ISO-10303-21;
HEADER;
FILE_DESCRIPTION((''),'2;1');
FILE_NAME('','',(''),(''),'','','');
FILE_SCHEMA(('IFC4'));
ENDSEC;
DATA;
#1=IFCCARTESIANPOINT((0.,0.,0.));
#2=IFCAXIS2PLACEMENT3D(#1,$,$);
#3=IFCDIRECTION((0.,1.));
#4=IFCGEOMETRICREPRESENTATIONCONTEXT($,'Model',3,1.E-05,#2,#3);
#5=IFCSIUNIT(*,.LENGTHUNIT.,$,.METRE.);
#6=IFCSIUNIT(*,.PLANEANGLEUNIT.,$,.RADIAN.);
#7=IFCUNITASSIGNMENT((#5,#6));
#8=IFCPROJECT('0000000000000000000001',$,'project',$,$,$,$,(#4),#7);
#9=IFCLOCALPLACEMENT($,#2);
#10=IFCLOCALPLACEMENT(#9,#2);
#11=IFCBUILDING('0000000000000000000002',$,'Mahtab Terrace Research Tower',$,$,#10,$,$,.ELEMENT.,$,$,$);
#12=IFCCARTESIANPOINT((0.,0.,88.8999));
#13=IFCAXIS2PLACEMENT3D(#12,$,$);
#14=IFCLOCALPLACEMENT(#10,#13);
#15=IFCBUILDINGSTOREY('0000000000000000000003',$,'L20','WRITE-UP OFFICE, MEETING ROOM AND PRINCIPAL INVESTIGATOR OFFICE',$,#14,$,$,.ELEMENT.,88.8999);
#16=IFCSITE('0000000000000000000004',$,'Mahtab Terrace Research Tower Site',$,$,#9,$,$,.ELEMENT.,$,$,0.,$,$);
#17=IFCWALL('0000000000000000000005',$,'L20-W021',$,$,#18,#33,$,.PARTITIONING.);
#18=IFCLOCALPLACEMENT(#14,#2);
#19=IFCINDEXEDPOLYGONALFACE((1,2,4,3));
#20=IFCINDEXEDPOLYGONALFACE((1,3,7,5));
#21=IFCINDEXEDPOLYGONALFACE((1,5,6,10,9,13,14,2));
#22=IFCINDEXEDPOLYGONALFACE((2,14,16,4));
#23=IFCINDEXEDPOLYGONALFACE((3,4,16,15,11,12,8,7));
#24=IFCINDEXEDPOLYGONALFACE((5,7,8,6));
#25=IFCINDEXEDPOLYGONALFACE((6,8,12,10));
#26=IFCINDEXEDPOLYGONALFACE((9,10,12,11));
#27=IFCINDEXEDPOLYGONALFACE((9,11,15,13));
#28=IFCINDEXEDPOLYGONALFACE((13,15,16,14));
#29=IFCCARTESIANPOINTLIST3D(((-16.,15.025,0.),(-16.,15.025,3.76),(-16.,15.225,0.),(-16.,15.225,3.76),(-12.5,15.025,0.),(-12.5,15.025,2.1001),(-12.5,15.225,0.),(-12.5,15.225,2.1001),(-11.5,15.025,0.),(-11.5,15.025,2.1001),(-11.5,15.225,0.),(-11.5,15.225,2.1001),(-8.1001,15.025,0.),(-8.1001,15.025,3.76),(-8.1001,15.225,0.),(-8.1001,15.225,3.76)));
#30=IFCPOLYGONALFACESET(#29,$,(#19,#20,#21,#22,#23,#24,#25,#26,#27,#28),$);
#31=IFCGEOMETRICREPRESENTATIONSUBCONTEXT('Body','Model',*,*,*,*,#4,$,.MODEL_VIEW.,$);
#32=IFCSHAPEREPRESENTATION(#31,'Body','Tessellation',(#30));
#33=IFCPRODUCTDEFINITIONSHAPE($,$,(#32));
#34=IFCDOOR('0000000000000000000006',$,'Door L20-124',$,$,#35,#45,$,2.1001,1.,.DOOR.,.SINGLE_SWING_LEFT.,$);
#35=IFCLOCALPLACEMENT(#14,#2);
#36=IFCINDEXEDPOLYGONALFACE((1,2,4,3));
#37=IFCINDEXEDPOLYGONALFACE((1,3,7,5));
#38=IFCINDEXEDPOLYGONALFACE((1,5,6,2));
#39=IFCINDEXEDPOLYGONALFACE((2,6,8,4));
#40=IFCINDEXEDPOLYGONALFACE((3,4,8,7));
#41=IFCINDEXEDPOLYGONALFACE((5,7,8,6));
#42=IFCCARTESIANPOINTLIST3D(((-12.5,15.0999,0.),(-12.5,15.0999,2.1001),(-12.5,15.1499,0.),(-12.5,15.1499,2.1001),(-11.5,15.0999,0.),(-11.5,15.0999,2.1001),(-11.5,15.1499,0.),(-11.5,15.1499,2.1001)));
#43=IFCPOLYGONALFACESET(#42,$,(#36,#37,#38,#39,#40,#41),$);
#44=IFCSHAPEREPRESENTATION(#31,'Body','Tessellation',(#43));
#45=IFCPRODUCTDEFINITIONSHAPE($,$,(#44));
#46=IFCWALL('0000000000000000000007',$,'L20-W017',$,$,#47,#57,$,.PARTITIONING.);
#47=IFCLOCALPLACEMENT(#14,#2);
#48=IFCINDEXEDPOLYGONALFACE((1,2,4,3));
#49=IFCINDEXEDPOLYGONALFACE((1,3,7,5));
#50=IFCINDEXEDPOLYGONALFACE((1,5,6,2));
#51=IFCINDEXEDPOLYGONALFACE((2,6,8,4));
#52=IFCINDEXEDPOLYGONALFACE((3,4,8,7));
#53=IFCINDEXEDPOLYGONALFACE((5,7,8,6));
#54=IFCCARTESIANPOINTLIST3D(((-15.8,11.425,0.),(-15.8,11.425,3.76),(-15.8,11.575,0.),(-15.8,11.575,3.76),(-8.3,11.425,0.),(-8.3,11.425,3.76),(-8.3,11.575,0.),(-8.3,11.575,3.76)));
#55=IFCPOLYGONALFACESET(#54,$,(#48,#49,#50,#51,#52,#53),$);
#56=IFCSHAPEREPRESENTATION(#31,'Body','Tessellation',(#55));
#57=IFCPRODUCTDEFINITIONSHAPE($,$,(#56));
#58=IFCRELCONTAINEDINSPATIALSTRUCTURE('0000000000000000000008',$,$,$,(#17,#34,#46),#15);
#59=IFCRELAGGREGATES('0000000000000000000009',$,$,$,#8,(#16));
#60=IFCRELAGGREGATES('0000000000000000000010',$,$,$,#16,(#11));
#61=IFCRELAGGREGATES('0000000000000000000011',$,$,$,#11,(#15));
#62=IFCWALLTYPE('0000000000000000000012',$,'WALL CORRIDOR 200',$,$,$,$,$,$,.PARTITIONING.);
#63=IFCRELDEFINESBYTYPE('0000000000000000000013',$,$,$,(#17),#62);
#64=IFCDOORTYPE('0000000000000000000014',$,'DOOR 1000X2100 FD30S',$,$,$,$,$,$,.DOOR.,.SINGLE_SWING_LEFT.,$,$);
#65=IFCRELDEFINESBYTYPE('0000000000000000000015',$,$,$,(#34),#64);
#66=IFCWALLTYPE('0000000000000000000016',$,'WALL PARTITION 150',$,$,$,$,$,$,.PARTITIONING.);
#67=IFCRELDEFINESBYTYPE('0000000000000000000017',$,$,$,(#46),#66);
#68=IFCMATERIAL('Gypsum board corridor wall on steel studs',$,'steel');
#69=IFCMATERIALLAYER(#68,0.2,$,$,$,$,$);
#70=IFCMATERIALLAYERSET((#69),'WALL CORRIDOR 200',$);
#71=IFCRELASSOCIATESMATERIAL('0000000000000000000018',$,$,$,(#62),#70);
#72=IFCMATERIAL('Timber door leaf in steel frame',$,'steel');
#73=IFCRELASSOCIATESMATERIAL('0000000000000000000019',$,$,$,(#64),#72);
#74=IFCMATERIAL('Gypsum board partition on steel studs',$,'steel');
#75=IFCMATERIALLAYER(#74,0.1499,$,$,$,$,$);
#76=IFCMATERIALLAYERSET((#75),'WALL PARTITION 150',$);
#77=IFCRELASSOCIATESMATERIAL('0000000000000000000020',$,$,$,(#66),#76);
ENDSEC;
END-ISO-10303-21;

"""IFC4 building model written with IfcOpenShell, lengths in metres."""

from ifc_helpers import new_model, si_unit, direction, frame, frame_2d, origin, place, context, subcontext, project, spatial, rectangle, extrude, material, layer, layer_set, type_object, element, fill, save


model = new_model("IFC4")

# Units and contexts
model_context = context("Model", 3, precision=1e-05, world=origin(), true_north=direction((0.0, 1.0)))
body_context = subcontext(model_context, "Body", "Model", "MODEL_VIEW")
ifc_project = project(units=[si_unit("LENGTHUNIT", "METRE"), si_unit("PLANEANGLEUNIT", "RADIAN")], contexts=[model_context])

# Site, building, storey
site_placement = place(None, origin())
site = spatial("IfcSite", under=ifc_project, at=site_placement, Name="Mahtab Terrace Research Tower Site", CompositionType="ELEMENT", RefElevation=0.0)
building_placement = place(site_placement, origin())
building = spatial("IfcBuilding", under=site, at=building_placement, Name="Mahtab Terrace Research Tower", CompositionType="ELEMENT")
storey_placement = place(building_placement, frame((0.0, 0.0, 88.8999)))
storey = spatial("IfcBuildingStorey", under=building, at=storey_placement, Name="L20", Description="WRITE-UP OFFICE, MEETING ROOM AND PRINCIPAL INVESTIGATOR OFFICE", CompositionType="ELEMENT", Elevation=88.8999)

# Wall, opening, door
ifc_material_1 = material(Name="Gypsum board corridor wall on steel studs", Category="steel")
ifc_layer_1 = layer(ifc_material_1, 0.2)
ifc_layer_set_1 = layer_set([ifc_layer_1], Name="WALL CORRIDOR 200")
wall_type_1 = type_object("IfcWallType", Name="WALL CORRIDOR 200", PredefinedType="PARTITIONING", material=ifc_layer_set_1)
wall_1_placement = place(storey_placement, frame((-16.0, 15.125, 0.0), z_axis=(0.0, 0.0, 1.0), x_axis=(1.0, 0.0, 0.0)))
wall_1 = element("IfcWall", 1, at=wall_1_placement, inside=storey, type_object=wall_type_1, Name="L20-W021", PredefinedType="PARTITIONING", context=body_context, shape_type="SweptSolid", body=[
    extrude(rectangle(XDim=7.8999, YDim=0.2, at=frame_2d((3.95, 0.0))), origin(), (0.0, 0.0, 1.0), 3.76),
])
opening_1_placement = place(wall_1_placement, frame((3.5, 0.0, 0.0)))
opening_1 = element("IfcOpeningElement", 2, at=opening_1_placement, cuts=wall_1, PredefinedType="OPENING", context=body_context, shape_type="SweptSolid", body=[
    extrude(rectangle(XDim=1.0, YDim=2.1001, at=frame_2d((0.5, 1.05))), frame((0.0, 0.1099, 0.0), z_axis=(0.0, -1.0, 0.0), x_axis=(1.0, 0.0, 0.0)), (0.0, 0.0, 1.0), 0.22),
])
ifc_material_2 = material(Name="Timber door leaf in steel frame", Category="steel")
door_type_1 = type_object("IfcDoorType", Name="DOOR 1000X2100 FD30S", OperationType="SINGLE_SWING_LEFT", PredefinedType="DOOR", material=ifc_material_2)
door_1_placement = place(opening_1_placement, origin())
door_1 = element("IfcDoor", 3, at=door_1_placement, inside=storey, type_object=door_type_1, Name="Door L20-124", OperationType="SINGLE_SWING_LEFT", OverallHeight=2.1001, OverallWidth=1.0, PredefinedType="DOOR", context=body_context, shape_type="SweptSolid", body=[
    extrude(rectangle(XDim=1.0, YDim=2.1001, at=frame_2d((0.5, 1.05))), frame((0.0, 0.0249, 0.0), z_axis=(0.0, -1.0, 0.0), x_axis=(1.0, 0.0, 0.0)), (0.0, 0.0, 1.0), 0.05),
])
fill(opening_1, door_1)

# Wall
ifc_material_3 = material(Name="Gypsum board partition on steel studs", Category="steel")
ifc_layer_2 = layer(ifc_material_3, 0.1499)
ifc_layer_set_2 = layer_set([ifc_layer_2], Name="WALL PARTITION 150")
wall_type_2 = type_object("IfcWallType", Name="WALL PARTITION 150", PredefinedType="PARTITIONING", material=ifc_layer_set_2)
wall_2_placement = place(storey_placement, frame((-15.8, 11.5, 0.0), z_axis=(0.0, 0.0, 1.0), x_axis=(1.0, 0.0, 0.0)))
element("IfcWall", 4, at=wall_2_placement, inside=storey, type_object=wall_type_2, Name="L20-W017", PredefinedType="PARTITIONING", context=body_context, shape_type="SweptSolid", body=[
    extrude(rectangle(XDim=7.5, YDim=0.1499, at=frame_2d((3.75, 0.0))), origin(), (0.0, 0.0, 1.0), 3.76),
])

save(model, "model.ifc")
